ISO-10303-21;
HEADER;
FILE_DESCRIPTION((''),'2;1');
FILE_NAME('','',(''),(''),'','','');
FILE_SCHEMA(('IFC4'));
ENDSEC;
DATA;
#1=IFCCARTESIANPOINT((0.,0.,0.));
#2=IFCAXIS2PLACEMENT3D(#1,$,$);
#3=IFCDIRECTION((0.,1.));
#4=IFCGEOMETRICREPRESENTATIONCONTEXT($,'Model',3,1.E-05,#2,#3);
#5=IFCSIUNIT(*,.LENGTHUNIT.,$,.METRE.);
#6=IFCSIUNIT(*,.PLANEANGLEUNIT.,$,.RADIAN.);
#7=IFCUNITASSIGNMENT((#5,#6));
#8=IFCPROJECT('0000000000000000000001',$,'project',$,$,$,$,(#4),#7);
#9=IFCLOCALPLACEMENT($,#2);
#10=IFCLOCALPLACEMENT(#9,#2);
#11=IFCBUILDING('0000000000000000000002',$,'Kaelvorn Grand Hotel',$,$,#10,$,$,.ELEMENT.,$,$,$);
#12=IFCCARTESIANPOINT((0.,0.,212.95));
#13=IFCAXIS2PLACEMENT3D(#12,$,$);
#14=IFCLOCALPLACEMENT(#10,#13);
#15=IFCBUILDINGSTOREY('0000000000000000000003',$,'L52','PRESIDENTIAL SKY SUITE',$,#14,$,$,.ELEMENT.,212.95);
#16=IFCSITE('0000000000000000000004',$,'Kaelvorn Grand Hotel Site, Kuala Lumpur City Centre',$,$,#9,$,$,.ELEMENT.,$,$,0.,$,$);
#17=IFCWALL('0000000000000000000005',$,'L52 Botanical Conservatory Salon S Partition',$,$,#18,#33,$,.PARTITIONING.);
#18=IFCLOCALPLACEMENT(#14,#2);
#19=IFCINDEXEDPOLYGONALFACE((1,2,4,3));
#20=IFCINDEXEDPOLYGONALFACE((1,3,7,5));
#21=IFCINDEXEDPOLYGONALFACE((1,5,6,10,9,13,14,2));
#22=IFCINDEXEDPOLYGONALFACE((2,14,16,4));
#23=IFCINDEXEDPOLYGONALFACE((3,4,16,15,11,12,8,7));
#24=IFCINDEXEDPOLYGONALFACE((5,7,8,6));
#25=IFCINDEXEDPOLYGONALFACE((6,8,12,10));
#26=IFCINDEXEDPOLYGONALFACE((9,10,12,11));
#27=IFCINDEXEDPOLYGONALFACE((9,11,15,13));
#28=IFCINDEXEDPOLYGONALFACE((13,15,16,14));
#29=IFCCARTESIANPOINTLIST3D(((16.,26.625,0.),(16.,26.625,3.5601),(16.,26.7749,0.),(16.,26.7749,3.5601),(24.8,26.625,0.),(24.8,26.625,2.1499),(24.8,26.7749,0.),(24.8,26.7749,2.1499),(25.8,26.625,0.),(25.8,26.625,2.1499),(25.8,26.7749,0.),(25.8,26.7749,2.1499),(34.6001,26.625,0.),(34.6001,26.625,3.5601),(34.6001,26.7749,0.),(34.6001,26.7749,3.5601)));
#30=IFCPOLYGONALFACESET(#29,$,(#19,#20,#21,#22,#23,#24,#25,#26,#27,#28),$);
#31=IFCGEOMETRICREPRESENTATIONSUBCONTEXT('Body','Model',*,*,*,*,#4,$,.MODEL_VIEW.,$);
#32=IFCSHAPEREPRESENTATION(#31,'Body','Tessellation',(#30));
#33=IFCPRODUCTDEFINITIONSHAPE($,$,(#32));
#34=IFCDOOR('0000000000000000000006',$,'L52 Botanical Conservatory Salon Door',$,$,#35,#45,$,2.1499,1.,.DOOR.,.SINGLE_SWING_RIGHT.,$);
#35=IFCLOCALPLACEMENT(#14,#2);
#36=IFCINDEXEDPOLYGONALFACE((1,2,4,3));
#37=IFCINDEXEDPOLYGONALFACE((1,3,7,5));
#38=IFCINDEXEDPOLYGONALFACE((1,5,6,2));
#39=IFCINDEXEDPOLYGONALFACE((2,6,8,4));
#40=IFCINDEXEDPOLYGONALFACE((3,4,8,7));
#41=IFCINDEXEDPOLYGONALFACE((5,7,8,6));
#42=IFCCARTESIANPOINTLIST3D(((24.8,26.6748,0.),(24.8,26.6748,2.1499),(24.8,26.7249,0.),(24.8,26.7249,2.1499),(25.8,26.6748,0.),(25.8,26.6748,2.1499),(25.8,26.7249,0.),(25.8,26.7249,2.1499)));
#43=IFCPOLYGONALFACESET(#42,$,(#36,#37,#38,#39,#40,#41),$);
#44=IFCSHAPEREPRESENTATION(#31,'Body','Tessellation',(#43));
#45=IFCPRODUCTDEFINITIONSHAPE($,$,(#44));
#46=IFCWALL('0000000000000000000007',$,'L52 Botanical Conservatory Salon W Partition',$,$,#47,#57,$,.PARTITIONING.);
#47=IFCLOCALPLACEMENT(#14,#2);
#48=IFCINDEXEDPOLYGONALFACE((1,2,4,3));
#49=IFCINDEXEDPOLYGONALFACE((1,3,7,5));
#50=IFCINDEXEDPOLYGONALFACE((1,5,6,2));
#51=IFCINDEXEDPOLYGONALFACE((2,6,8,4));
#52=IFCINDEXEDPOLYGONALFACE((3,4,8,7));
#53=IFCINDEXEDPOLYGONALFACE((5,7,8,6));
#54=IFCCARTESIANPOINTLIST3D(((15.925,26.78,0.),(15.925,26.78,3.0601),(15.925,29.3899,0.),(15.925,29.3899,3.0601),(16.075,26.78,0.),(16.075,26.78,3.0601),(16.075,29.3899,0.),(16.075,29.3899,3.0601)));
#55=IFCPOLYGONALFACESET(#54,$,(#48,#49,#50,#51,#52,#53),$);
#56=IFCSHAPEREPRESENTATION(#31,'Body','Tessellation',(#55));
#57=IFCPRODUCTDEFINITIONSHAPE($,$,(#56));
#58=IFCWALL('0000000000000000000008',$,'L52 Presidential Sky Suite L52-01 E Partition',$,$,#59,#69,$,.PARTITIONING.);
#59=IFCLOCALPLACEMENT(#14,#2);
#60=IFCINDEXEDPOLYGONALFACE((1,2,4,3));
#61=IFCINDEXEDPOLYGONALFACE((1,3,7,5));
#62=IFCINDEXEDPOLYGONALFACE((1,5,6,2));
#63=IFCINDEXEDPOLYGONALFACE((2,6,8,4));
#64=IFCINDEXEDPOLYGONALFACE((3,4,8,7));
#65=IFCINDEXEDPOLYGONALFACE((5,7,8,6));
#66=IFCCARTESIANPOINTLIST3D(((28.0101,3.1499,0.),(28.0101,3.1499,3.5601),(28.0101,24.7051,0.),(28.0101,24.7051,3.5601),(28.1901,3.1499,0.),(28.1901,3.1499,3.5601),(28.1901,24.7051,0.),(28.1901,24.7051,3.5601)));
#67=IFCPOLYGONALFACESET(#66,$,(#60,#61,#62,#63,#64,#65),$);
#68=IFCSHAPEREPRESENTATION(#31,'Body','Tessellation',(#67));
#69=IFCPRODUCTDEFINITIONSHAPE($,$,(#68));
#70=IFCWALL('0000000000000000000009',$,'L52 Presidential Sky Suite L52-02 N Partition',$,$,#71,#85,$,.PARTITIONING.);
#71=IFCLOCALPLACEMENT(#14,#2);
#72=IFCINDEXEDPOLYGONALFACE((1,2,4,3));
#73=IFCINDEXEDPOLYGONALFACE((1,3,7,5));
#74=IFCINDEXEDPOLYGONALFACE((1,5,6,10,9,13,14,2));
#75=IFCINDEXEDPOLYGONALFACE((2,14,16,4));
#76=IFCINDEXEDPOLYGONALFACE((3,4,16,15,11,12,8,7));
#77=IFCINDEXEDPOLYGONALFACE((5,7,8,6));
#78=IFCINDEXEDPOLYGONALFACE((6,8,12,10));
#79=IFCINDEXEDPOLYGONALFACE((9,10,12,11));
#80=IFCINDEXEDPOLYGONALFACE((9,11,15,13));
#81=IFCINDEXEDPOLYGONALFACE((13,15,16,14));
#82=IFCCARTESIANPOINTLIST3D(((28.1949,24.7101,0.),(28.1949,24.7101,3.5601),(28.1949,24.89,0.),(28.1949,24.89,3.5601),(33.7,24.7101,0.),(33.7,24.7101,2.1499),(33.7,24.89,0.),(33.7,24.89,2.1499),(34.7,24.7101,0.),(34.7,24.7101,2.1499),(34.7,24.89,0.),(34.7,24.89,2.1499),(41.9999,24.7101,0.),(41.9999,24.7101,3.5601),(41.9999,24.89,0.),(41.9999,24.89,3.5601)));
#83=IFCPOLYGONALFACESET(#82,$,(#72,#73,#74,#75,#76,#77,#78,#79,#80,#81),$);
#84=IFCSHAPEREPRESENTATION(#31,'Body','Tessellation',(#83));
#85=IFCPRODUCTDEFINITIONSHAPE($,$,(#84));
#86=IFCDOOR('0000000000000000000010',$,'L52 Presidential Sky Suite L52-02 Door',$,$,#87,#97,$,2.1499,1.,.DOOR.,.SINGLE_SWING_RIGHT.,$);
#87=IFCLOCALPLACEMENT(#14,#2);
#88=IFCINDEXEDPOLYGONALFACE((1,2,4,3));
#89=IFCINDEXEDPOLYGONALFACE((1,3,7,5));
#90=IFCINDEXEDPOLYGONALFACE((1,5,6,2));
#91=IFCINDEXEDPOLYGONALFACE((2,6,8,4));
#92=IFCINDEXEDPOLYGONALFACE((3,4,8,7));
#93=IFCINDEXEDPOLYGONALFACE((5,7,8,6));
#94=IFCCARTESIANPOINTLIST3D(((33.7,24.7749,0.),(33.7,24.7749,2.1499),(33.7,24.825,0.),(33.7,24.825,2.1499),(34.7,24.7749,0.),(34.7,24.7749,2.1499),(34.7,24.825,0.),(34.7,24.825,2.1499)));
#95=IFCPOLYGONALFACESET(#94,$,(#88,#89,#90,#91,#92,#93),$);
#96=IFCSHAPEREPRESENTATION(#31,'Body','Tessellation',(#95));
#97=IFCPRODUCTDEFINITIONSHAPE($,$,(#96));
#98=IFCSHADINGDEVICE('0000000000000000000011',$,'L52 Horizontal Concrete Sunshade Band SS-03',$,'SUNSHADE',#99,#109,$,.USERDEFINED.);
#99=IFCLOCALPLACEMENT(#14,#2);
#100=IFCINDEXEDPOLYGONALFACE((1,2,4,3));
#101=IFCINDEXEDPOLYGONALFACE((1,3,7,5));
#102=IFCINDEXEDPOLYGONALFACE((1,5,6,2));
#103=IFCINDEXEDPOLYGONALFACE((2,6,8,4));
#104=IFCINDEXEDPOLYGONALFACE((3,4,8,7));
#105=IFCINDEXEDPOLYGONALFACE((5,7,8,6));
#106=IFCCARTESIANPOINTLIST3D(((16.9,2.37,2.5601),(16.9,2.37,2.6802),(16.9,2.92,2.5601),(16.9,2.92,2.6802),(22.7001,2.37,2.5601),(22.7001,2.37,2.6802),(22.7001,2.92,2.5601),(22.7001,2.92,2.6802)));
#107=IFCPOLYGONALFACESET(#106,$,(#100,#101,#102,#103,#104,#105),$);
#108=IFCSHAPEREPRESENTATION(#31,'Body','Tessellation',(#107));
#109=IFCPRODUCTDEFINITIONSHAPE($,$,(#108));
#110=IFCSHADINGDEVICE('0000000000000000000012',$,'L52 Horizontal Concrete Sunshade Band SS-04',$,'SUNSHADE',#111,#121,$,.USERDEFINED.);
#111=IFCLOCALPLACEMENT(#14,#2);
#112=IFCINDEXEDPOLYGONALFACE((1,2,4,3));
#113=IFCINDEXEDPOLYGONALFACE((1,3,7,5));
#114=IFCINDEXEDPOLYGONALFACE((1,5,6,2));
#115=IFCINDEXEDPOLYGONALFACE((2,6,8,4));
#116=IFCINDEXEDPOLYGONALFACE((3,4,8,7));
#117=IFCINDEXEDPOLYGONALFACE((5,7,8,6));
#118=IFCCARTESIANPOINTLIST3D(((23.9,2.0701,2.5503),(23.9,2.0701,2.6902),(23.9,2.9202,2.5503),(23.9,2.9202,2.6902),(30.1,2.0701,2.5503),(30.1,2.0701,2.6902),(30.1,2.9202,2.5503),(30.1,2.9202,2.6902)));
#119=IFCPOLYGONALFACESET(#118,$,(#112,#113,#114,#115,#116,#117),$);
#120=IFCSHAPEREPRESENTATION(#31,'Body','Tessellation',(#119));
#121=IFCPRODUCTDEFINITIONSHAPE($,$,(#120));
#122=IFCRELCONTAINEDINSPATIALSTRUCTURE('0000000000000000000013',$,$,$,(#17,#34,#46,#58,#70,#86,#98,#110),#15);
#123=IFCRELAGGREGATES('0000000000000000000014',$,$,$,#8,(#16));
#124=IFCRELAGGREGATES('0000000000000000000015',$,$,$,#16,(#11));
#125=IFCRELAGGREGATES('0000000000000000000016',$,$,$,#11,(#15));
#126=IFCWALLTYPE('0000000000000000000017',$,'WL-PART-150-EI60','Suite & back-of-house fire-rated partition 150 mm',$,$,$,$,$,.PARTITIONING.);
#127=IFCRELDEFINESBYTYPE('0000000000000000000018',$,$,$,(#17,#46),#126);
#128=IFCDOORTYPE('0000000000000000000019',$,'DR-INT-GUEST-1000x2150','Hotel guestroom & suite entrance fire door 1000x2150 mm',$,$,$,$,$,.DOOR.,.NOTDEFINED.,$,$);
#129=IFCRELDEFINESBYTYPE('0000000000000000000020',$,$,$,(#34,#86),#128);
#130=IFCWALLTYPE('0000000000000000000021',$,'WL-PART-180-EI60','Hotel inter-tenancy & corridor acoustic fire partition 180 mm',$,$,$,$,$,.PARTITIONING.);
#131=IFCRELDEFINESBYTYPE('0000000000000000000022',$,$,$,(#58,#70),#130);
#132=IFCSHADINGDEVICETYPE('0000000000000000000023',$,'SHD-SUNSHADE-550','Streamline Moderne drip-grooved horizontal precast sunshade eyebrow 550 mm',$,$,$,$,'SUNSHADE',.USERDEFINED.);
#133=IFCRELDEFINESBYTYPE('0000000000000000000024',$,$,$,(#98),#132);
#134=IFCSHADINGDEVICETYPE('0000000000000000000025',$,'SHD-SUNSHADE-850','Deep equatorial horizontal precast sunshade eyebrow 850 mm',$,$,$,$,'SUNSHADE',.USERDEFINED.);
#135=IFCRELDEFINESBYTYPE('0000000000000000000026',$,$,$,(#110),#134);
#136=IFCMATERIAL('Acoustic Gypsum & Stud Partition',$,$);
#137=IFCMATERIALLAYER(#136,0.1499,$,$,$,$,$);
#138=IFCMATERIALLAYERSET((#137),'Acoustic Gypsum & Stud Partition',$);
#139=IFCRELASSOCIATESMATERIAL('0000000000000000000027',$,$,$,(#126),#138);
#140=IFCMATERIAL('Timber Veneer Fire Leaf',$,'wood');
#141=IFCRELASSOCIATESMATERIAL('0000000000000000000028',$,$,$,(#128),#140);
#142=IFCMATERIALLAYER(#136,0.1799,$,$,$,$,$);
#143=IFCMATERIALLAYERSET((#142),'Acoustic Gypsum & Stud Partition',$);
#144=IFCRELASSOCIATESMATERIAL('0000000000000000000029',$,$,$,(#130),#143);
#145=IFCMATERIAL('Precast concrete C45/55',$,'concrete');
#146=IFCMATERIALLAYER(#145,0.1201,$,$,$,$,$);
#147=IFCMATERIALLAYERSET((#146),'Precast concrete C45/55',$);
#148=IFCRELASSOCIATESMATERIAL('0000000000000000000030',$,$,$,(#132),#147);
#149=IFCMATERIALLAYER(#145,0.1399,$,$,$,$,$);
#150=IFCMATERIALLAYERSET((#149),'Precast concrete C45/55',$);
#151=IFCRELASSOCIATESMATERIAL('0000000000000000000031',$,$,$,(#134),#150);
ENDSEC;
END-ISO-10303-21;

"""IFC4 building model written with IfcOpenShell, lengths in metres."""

from ifc_helpers import new_model, si_unit, direction, frame, frame_2d, origin, origin_2d, place, context, subcontext, project, spatial, rectangle, extrude, material, layer, layer_set, type_object, element, fill, save


model = new_model("IFC4")

# Units and contexts
model_context = context("Model", 3, precision=1e-05, world=origin(), true_north=direction((0.0, 1.0)))
body_context = subcontext(model_context, "Body", "Model", "MODEL_VIEW")
ifc_project = project(units=[si_unit("LENGTHUNIT", "METRE"), si_unit("PLANEANGLEUNIT", "RADIAN")], contexts=[model_context])

# Site, building, storey
site_placement = place(None, origin())
site = spatial("IfcSite", under=ifc_project, at=site_placement, Name="Kaelvorn Grand Hotel Site, Kuala Lumpur City Centre", CompositionType="ELEMENT", RefElevation=0.0)
building_placement = place(site_placement, origin())
building = spatial("IfcBuilding", under=site, at=building_placement, Name="Kaelvorn Grand Hotel", CompositionType="ELEMENT")
storey_placement = place(building_placement, frame((0.0, 0.0, 212.95)))
storey = spatial("IfcBuildingStorey", under=building, at=storey_placement, Name="L52", Description="PRESIDENTIAL SKY SUITE", CompositionType="ELEMENT", Elevation=212.95)

# Wall, opening, door
ifc_material_1 = material(Name="Acoustic Gypsum & Stud Partition")
ifc_layer_1 = layer(ifc_material_1, 0.1499)
ifc_layer_set_1 = layer_set([ifc_layer_1], Name="Acoustic Gypsum & Stud Partition")
wall_type_1 = type_object("IfcWallType", Name="WL-PART-150-EI60", Description="Suite & back-of-house fire-rated partition 150 mm", PredefinedType="PARTITIONING", material=ifc_layer_set_1)
wall_1_placement = place(storey_placement, frame((16.0, 26.7, 0.0), z_axis=(0.0, 0.0, 1.0), x_axis=(1.0, 0.0, 0.0)))
wall_1 = element("IfcWall", 1, at=wall_1_placement, inside=storey, type_object=wall_type_1, Name="L52 Botanical Conservatory Salon S Partition", PredefinedType="PARTITIONING", context=body_context, shape_type="SweptSolid", body=[
    extrude(rectangle(XDim=18.6001, YDim=0.1499, at=frame_2d((9.3, 0.0))), origin(), (0.0, 0.0, 1.0), 3.5601),
])
opening_1_placement = place(wall_1_placement, frame((8.8, 0.0, 0.0)))
opening_1 = element("IfcOpeningElement", 2, at=opening_1_placement, cuts=wall_1, PredefinedType="OPENING", context=body_context, shape_type="SweptSolid", body=[
    extrude(rectangle(XDim=1.0, YDim=2.1499, at=frame_2d((0.5, 1.075))), frame((0.0, 0.085, 0.0), z_axis=(0.0, -1.0, 0.0), x_axis=(1.0, 0.0, 0.0)), (0.0, 0.0, 1.0), 0.1699),
])
ifc_material_2 = material(Name="Timber Veneer Fire Leaf", Category="wood")
door_type_1 = type_object("IfcDoorType", Name="DR-INT-GUEST-1000x2150", Description="Hotel guestroom & suite entrance fire door 1000x2150 mm", OperationType="NOTDEFINED", PredefinedType="DOOR", material=ifc_material_2)
door_1_placement = place(opening_1_placement, origin())
door_1 = element("IfcDoor", 3, at=door_1_placement, inside=storey, type_object=door_type_1, Name="L52 Botanical Conservatory Salon Door", OperationType="SINGLE_SWING_RIGHT", OverallHeight=2.1499, OverallWidth=1.0, PredefinedType="DOOR", context=body_context, shape_type="SweptSolid", body=[
    extrude(rectangle(XDim=1.0, YDim=2.1499, at=frame_2d((0.5, 1.075))), frame((0.0, 0.0249, 0.0), z_axis=(0.0, -1.0, 0.0), x_axis=(1.0, 0.0, 0.0)), (0.0, 0.0, 1.0), 0.05),
])
fill(opening_1, door_1)

# Walls
wall_2_placement = place(storey_placement, frame((16.0, 26.78, 0.0), z_axis=(0.0, 0.0, 1.0), x_axis=(0.0, 1.0, 0.0)))
element("IfcWall", 4, at=wall_2_placement, inside=storey, type_object=wall_type_1, Name="L52 Botanical Conservatory Salon W Partition", PredefinedType="PARTITIONING", context=body_context, shape_type="SweptSolid", body=[
    extrude(rectangle(XDim=2.6099, YDim=0.1499, at=frame_2d((1.3049, 0.0))), origin(), (0.0, 0.0, 1.0), 3.0601),
])
ifc_layer_2 = layer(ifc_material_1, 0.1799)
ifc_layer_set_2 = layer_set([ifc_layer_2], Name="Acoustic Gypsum & Stud Partition")
wall_type_2 = type_object("IfcWallType", Name="WL-PART-180-EI60", Description="Hotel inter-tenancy & corridor acoustic fire partition 180 mm", PredefinedType="PARTITIONING", material=ifc_layer_set_2)
wall_3_placement = place(storey_placement, frame((28.1001, 3.1499, 0.0), z_axis=(0.0, 0.0, 1.0), x_axis=(0.0, 1.0, 0.0)))
element("IfcWall", 5, at=wall_3_placement, inside=storey, type_object=wall_type_2, Name="L52 Presidential Sky Suite L52-01 E Partition", PredefinedType="PARTITIONING", context=body_context, shape_type="SweptSolid", body=[
    extrude(rectangle(XDim=21.5552, YDim=0.1799, at=frame_2d((10.7776, 0.0))), origin(), (0.0, 0.0, 1.0), 3.5601),
])

# Wall, opening, door
wall_4_placement = place(storey_placement, frame((28.1951, 24.8, 0.0), z_axis=(0.0, 0.0, 1.0), x_axis=(1.0, 0.0, 0.0)))
wall_4 = element("IfcWall", 6, at=wall_4_placement, inside=storey, type_object=wall_type_2, Name="L52 Presidential Sky Suite L52-02 N Partition", PredefinedType="PARTITIONING", context=body_context, shape_type="SweptSolid", body=[
    extrude(rectangle(XDim=13.8049, YDim=0.1799, at=frame_2d((6.9023, 0.0))), origin(), (0.0, 0.0, 1.0), 3.5601),
])
opening_2_placement = place(wall_4_placement, frame((5.5049, 0.0, 0.0)))
opening_2 = element("IfcOpeningElement", 7, at=opening_2_placement, cuts=wall_4, PredefinedType="OPENING", context=body_context, shape_type="SweptSolid", body=[
    extrude(rectangle(XDim=1.0, YDim=2.1499, at=frame_2d((0.5, 1.075))), frame((0.0, 0.1001, 0.0), z_axis=(0.0, -1.0, 0.0), x_axis=(1.0, 0.0, 0.0)), (0.0, 0.0, 1.0), 0.2),
])
door_2_placement = place(opening_2_placement, origin())
door_2 = element("IfcDoor", 8, at=door_2_placement, inside=storey, type_object=door_type_1, Name="L52 Presidential Sky Suite L52-02 Door", OperationType="SINGLE_SWING_RIGHT", OverallHeight=2.1499, OverallWidth=1.0, PredefinedType="DOOR", context=body_context, shape_type="SweptSolid", body=[
    extrude(rectangle(XDim=1.0, YDim=2.1499, at=frame_2d((0.5, 1.075))), frame((0.0, 0.0249, 0.0), z_axis=(0.0, -1.0, 0.0), x_axis=(1.0, 0.0, 0.0)), (0.0, 0.0, 1.0), 0.05),
])
fill(opening_2, door_2)

# Shading devices
ifc_material_3 = material(Name="Precast concrete C45/55", Category="concrete")
ifc_layer_3 = layer(ifc_material_3, 0.1201)
ifc_layer_set_3 = layer_set([ifc_layer_3], Name="Precast concrete C45/55")
shading_device_type_1 = type_object("IfcShadingDeviceType", Name="SHD-SUNSHADE-550", Description="Streamline Moderne drip-grooved horizontal precast sunshade eyebrow 550 mm", ElementType="SUNSHADE", PredefinedType="USERDEFINED", material=ifc_layer_set_3)
shading_device_1_placement = place(storey_placement, frame((19.8, 2.645, 2.5601), z_axis=(0.0, 0.0, 1.0), x_axis=(1.0, 0.0, 0.0)))
element("IfcShadingDevice", 9, at=shading_device_1_placement, inside=storey, type_object=shading_device_type_1, Name="L52 Horizontal Concrete Sunshade Band SS-03", ObjectType="SUNSHADE", PredefinedType="USERDEFINED", context=body_context, shape_type="SweptSolid", body=[
    extrude(rectangle(XDim=5.8, YDim=0.55, at=origin_2d()), origin(), (0.0, 0.0, 1.0), 0.1201),
])
ifc_layer_4 = layer(ifc_material_3, 0.1399)
ifc_layer_set_4 = layer_set([ifc_layer_4], Name="Precast concrete C45/55")
shading_device_type_2 = type_object("IfcShadingDeviceType", Name="SHD-SUNSHADE-850", Description="Deep equatorial horizontal precast sunshade eyebrow 850 mm", ElementType="SUNSHADE", PredefinedType="USERDEFINED", material=ifc_layer_set_4)
shading_device_2_placement = place(storey_placement, frame((27.0, 2.4951, 2.5503), z_axis=(0.0, 0.0, 1.0), x_axis=(1.0, 0.0, 0.0)))
element("IfcShadingDevice", 10, at=shading_device_2_placement, inside=storey, type_object=shading_device_type_2, Name="L52 Horizontal Concrete Sunshade Band SS-04", ObjectType="SUNSHADE", PredefinedType="USERDEFINED", context=body_context, shape_type="SweptSolid", body=[
    extrude(rectangle(XDim=6.2, YDim=0.8501, at=origin_2d()), origin(), (0.0, 0.0, 1.0), 0.1399),
])

save(model, "model.ifc")
